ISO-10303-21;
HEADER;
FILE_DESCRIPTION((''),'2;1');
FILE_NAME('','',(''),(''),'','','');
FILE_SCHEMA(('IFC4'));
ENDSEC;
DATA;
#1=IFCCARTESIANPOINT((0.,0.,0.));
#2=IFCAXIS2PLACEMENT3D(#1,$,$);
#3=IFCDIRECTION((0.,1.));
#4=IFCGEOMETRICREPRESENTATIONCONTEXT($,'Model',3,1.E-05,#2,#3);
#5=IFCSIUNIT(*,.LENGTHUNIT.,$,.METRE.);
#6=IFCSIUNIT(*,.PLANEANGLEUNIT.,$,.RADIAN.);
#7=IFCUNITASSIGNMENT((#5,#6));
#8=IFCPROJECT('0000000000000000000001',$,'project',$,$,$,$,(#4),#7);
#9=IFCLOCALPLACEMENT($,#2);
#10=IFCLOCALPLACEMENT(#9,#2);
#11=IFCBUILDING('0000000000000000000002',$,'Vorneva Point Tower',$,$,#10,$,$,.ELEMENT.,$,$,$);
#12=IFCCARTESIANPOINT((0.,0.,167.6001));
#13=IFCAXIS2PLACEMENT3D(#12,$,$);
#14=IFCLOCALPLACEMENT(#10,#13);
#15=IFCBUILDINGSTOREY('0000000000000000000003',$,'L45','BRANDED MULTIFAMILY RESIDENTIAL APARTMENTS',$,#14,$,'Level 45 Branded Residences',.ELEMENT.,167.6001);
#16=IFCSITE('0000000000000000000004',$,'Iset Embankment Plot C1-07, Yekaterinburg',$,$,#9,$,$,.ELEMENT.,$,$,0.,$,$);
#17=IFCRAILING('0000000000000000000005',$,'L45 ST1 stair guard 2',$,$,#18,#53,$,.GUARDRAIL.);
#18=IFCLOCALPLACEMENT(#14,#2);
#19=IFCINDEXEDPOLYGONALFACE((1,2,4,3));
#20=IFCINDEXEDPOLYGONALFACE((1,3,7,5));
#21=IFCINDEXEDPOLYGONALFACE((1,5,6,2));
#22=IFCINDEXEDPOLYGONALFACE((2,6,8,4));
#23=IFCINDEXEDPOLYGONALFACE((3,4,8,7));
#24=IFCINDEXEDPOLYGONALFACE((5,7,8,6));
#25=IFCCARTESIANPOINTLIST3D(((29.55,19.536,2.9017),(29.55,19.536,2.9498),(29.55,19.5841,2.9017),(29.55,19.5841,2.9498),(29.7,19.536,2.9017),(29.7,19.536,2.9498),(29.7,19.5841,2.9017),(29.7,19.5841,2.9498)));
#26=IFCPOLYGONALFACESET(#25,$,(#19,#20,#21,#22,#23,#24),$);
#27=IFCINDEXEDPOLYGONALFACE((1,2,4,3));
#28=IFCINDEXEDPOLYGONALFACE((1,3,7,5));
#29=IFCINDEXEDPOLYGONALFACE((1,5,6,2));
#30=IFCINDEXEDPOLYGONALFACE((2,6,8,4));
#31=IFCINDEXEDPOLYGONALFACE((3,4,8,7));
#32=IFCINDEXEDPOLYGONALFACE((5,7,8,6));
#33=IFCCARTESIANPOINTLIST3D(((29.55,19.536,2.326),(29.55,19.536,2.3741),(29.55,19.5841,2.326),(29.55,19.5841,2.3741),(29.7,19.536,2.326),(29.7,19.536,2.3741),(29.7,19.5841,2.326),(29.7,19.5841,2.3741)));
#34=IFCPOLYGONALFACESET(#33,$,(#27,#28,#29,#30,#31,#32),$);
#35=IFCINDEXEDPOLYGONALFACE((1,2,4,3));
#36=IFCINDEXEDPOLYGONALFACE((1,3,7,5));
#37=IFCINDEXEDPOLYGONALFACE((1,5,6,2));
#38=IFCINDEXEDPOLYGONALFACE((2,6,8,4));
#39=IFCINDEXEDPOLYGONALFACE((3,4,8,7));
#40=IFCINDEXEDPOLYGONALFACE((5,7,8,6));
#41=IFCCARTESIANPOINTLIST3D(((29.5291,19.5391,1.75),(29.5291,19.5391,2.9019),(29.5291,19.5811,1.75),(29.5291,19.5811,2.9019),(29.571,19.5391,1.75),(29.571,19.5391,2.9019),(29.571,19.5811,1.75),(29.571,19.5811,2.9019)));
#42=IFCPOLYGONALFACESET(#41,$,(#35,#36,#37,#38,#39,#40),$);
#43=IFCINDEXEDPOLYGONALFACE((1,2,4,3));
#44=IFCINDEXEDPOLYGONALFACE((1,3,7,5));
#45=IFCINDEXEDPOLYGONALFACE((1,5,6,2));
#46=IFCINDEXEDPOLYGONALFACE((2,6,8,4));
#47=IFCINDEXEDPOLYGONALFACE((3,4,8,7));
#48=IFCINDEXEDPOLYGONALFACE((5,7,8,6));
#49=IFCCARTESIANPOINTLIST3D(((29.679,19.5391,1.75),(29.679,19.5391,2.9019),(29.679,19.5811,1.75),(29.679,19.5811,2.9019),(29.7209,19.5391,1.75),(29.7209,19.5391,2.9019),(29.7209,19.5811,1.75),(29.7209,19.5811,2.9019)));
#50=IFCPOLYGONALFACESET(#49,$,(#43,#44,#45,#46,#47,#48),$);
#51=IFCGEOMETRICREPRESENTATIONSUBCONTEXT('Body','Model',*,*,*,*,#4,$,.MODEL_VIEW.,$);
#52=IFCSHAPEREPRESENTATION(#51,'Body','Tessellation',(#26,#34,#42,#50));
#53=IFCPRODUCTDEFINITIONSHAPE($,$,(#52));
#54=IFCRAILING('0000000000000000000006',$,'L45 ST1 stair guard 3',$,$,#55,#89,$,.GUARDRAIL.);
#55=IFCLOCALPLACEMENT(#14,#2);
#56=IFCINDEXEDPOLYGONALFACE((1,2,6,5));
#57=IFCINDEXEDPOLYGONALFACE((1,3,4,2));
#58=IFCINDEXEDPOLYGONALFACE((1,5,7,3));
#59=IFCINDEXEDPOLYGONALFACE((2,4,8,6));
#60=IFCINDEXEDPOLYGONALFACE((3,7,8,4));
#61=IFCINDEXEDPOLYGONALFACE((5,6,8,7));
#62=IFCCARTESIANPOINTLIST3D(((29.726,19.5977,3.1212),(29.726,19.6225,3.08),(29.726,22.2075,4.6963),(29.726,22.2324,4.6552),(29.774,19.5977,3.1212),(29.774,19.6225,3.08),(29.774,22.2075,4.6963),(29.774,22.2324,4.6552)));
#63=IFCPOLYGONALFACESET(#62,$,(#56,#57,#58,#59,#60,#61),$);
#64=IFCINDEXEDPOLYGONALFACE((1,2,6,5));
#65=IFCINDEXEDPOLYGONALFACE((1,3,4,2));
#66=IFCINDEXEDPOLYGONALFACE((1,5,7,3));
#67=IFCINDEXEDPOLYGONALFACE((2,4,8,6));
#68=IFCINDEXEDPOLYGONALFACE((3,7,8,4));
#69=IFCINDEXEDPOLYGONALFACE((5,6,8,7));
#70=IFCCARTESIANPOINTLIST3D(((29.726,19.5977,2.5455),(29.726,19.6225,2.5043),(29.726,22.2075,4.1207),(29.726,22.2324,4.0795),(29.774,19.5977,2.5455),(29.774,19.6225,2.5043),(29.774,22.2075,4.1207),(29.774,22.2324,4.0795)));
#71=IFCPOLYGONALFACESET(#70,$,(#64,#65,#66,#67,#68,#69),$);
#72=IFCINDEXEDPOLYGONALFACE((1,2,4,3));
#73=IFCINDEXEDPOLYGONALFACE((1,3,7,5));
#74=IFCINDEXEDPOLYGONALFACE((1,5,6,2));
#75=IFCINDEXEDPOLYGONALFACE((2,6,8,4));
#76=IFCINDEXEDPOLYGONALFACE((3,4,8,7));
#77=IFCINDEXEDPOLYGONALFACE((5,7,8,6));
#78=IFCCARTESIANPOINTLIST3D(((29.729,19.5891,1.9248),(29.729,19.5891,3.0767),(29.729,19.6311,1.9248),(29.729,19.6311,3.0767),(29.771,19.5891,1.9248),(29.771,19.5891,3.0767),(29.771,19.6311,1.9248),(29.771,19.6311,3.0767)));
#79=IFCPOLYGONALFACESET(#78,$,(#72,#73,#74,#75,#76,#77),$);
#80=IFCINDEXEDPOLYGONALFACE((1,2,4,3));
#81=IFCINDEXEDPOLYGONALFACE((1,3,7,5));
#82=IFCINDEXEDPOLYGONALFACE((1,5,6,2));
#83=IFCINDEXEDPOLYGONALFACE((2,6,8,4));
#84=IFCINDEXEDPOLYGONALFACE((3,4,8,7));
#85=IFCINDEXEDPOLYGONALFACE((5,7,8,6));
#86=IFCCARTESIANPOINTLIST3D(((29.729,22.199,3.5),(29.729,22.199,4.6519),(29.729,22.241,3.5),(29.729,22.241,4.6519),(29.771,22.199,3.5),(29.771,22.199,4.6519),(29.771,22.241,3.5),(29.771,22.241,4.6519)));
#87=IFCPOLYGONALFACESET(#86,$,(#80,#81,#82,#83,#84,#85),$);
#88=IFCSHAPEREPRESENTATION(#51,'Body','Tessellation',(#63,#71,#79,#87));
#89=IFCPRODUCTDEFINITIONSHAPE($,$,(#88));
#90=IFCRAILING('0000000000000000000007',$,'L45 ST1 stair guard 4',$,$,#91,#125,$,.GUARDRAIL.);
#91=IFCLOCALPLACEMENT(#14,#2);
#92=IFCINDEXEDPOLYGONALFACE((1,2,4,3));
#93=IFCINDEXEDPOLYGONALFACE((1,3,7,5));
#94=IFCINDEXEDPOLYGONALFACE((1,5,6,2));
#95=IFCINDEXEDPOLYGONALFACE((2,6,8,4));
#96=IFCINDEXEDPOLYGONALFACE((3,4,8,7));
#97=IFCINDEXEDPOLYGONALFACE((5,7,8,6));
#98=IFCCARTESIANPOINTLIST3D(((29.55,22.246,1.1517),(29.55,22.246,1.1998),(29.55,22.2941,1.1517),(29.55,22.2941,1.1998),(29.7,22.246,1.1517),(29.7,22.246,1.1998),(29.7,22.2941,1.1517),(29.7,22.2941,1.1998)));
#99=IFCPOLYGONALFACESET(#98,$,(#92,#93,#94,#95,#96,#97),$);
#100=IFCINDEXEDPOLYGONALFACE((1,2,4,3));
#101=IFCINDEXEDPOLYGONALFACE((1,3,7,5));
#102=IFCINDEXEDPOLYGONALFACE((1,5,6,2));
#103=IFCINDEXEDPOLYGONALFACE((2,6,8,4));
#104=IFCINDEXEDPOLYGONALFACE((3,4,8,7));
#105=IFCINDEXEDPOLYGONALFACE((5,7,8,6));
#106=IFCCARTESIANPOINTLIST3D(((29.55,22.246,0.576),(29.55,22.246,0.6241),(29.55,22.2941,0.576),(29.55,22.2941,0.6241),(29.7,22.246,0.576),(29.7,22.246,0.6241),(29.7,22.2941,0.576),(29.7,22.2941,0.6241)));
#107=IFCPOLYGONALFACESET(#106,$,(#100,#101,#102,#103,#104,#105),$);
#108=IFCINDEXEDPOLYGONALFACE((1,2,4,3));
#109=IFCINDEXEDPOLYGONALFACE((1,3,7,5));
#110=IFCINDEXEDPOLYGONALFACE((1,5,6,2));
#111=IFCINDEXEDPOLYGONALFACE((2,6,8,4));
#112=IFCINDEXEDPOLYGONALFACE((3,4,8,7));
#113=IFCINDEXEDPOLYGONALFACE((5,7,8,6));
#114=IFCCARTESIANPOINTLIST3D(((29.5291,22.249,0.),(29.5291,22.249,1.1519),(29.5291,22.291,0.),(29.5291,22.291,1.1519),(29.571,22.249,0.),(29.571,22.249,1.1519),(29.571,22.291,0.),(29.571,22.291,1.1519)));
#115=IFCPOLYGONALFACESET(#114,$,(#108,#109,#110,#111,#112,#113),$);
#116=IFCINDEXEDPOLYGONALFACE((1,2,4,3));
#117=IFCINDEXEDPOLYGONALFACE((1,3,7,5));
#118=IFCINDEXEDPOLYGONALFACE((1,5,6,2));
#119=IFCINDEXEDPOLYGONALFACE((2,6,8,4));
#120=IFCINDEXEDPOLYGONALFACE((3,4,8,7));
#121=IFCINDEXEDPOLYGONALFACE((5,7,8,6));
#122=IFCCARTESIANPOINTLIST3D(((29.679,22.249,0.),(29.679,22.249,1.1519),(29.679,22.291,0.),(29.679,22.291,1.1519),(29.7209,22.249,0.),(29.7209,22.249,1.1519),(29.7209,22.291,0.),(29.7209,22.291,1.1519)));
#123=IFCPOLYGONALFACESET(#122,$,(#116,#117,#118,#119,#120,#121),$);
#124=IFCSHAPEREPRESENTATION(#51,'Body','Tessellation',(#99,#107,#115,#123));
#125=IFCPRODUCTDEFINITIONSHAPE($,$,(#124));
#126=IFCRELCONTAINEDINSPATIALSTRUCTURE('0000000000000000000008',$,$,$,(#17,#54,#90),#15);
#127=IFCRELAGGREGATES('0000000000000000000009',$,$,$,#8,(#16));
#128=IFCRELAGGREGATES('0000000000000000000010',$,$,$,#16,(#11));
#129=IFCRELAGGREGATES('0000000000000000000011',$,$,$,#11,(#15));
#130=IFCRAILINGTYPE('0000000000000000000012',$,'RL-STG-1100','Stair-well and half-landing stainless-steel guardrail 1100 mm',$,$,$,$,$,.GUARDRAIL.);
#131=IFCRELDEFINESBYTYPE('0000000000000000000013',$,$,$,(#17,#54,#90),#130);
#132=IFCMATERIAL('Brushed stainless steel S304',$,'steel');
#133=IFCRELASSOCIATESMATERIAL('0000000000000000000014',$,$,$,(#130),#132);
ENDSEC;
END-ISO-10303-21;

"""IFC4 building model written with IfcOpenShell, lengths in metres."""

from ifc_helpers import new_model, si_unit, direction, frame, origin, origin_2d, place, context, subcontext, project, spatial, rectangle, extrude, material, type_object, element, save


model = new_model("IFC4")

# Units and contexts
model_context = context("Model", 3, precision=1e-05, world=origin(), true_north=direction((0.0, 1.0)))
body_context = subcontext(model_context, "Body", "Model", "MODEL_VIEW")
ifc_project = project(units=[si_unit("LENGTHUNIT", "METRE"), si_unit("PLANEANGLEUNIT", "RADIAN")], contexts=[model_context])

# Site, building, storey
site_placement = place(None, origin())
site = spatial("IfcSite", under=ifc_project, at=site_placement, Name="Iset Embankment Plot C1-07, Yekaterinburg", CompositionType="ELEMENT", RefElevation=0.0)
building_placement = place(site_placement, origin())
building = spatial("IfcBuilding", under=site, at=building_placement, Name="Vorneva Point Tower", CompositionType="ELEMENT")
storey_placement = place(building_placement, frame((0.0, 0.0, 167.6001)))
storey = spatial("IfcBuildingStorey", under=building, at=storey_placement, Name="L45", Description="BRANDED MULTIFAMILY RESIDENTIAL APARTMENTS", LongName="Level 45 Branded Residences", CompositionType="ELEMENT", Elevation=167.6001)

# Shared definitions
ifc_material_1 = material(Name="Brushed stainless steel S304", Category="steel")

# Railings
railing_type_1 = type_object("IfcRailingType", Name="RL-STG-1100", Description="Stair-well and half-landing stainless-steel guardrail 1100 mm", PredefinedType="GUARDRAIL", material=ifc_material_1)
railing_1_placement = place(storey_placement, frame((29.55, 19.5601, 1.75)))
element("IfcRailing", 1, at=railing_1_placement, inside=storey, type_object=railing_type_1, Name="L45 ST1 stair guard 2", PredefinedType="GUARDRAIL", context=body_context, shape_type="SweptSolid", body=[
    extrude(rectangle(XDim=0.0481, YDim=0.0481, at=origin_2d()), frame((0.0, 0.0, 1.1758), z_axis=(1.0, 0.0, 0.0), x_axis=(0.0, 1.0, 0.0)), (0.0, 0.0, 1.0), 0.1499),
    extrude(rectangle(XDim=0.0481, YDim=0.0481, at=origin_2d()), frame((0.0, 0.0, 0.6001), z_axis=(1.0, 0.0, 0.0), x_axis=(0.0, 1.0, 0.0)), (0.0, 0.0, 1.0), 0.1499),
    extrude(rectangle(XDim=0.042, YDim=0.042, at=origin_2d()), origin(), (0.0, 0.0, 1.0), 1.1519),
    extrude(rectangle(XDim=0.042, YDim=0.042, at=origin_2d()), frame((0.1499, 0.0, 0.0)), (0.0, 0.0, 1.0), 1.1519),
])
railing_2_placement = place(storey_placement, frame((29.75, 19.6101, 1.9248)))
element("IfcRailing", 2, at=railing_2_placement, inside=storey, type_object=railing_type_1, Name="L45 ST1 stair guard 3", PredefinedType="GUARDRAIL", context=body_context, shape_type="SweptSolid", body=[
    extrude(rectangle(XDim=0.0481, YDim=0.0481, at=origin_2d()), frame((0.0, 0.0, 1.1758), z_axis=(0.0, 0.856147, 0.516732), x_axis=(-1.0, 0.0, 0.0)), (0.0, 0.0, 1.0), 3.0483),
    extrude(rectangle(XDim=0.0481, YDim=0.0481, at=origin_2d()), frame((0.0, 0.0, 0.6001), z_axis=(0.0, 0.856147, 0.516732), x_axis=(-1.0, 0.0, 0.0)), (0.0, 0.0, 1.0), 3.0483),
    extrude(rectangle(XDim=0.042, YDim=0.042, at=origin_2d()), origin(), (0.0, 0.0, 1.0), 1.1519),
    extrude(rectangle(XDim=0.042, YDim=0.042, at=origin_2d()), frame((0.0, 2.6099, 1.5752)), (0.0, 0.0, 1.0), 1.1519),
])
railing_3_placement = place(storey_placement, frame((29.55, 22.27, 0.0)))
element("IfcRailing", 3, at=railing_3_placement, inside=storey, type_object=railing_type_1, Name="L45 ST1 stair guard 4", PredefinedType="GUARDRAIL", context=body_context, shape_type="SweptSolid", body=[
    extrude(rectangle(XDim=0.0481, YDim=0.0481, at=origin_2d()), frame((0.0, 0.0, 1.1758), z_axis=(1.0, 0.0, 0.0), x_axis=(0.0, 1.0, 0.0)), (0.0, 0.0, 1.0), 0.1499),
    extrude(rectangle(XDim=0.0481, YDim=0.0481, at=origin_2d()), frame((0.0, 0.0, 0.6001), z_axis=(1.0, 0.0, 0.0), x_axis=(0.0, 1.0, 0.0)), (0.0, 0.0, 1.0), 0.1499),
    extrude(rectangle(XDim=0.042, YDim=0.042, at=origin_2d()), origin(), (0.0, 0.0, 1.0), 1.1519),
    extrude(rectangle(XDim=0.042, YDim=0.042, at=origin_2d()), frame((0.1499, 0.0, 0.0)), (0.0, 0.0, 1.0), 1.1519),
])

save(model, "model.ifc")
